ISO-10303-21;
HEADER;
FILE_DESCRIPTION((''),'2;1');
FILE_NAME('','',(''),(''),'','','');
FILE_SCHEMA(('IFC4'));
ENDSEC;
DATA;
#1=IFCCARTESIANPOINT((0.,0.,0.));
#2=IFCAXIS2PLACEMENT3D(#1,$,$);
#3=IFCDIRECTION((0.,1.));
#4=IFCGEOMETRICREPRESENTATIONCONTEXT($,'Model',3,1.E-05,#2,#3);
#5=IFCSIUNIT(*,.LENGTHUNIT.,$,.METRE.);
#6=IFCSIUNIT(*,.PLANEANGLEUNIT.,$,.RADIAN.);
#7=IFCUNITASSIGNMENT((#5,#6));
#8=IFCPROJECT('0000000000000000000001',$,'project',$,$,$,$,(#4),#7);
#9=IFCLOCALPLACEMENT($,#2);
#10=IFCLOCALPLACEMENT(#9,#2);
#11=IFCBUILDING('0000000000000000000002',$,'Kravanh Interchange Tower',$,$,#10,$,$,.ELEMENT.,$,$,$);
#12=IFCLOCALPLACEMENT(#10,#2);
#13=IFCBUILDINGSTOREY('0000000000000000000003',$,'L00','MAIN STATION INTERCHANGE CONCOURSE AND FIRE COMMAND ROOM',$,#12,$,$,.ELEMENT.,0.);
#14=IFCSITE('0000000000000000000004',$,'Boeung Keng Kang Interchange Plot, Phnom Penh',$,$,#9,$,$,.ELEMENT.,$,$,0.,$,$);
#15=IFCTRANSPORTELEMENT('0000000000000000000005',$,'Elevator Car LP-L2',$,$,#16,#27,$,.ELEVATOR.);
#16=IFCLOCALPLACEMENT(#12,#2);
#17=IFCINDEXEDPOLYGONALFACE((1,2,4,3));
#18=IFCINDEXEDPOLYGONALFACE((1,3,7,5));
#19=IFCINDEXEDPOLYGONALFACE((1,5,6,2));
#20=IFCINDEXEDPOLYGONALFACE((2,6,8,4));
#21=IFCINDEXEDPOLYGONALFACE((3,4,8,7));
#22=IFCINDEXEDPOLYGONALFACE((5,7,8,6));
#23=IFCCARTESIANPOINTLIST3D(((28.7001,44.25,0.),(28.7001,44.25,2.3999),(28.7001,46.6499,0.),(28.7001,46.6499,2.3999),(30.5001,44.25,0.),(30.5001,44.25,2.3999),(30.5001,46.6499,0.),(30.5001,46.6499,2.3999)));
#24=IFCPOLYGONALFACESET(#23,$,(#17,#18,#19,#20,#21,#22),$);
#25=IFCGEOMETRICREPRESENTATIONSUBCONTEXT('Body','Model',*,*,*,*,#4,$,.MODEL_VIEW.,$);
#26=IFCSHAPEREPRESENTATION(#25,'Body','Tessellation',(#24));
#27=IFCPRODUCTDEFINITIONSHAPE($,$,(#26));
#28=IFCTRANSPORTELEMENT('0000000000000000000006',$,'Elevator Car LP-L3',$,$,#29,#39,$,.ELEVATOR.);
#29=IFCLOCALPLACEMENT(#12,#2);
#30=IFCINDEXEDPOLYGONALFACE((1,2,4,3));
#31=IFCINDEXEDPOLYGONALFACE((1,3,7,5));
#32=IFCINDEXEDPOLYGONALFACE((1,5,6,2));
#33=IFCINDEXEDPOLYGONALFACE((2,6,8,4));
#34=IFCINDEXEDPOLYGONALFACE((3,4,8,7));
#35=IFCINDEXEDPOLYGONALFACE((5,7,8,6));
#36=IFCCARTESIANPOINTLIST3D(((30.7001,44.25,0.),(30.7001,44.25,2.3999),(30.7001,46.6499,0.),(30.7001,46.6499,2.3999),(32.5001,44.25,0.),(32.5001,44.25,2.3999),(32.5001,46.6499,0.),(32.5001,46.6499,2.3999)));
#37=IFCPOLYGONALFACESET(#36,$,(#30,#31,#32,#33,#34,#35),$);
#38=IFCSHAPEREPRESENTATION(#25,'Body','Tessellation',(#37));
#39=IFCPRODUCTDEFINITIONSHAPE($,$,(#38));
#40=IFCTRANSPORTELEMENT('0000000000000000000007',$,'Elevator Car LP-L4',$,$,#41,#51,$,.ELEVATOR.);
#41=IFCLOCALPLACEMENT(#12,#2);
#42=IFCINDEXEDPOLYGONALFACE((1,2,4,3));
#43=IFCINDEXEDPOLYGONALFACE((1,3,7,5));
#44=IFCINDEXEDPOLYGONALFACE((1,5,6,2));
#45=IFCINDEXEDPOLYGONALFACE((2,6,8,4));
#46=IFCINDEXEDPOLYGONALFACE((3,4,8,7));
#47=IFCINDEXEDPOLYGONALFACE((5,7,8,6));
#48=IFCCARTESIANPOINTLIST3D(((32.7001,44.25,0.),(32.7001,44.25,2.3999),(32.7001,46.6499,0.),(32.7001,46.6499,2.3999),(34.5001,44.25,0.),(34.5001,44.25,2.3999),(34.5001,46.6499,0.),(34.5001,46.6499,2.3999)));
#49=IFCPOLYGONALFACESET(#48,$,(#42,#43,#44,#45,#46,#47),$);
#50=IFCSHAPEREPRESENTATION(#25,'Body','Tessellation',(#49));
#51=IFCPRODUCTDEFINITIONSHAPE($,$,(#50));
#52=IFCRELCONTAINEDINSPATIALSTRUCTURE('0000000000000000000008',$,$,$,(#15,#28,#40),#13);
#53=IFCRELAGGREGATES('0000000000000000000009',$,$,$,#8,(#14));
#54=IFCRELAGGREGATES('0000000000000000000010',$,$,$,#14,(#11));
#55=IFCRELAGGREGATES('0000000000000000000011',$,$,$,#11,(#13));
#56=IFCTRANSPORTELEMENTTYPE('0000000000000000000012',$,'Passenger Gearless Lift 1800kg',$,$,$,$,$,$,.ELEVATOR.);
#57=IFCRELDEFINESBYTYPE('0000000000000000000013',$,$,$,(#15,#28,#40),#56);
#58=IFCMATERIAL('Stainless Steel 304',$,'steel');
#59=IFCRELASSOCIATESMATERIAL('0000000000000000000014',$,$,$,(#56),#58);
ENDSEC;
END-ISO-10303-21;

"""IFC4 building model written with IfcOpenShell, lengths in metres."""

from ifc_helpers import new_model, si_unit, direction, frame, origin, origin_2d, place, context, subcontext, project, spatial, rectangle, extrude, material, type_object, element, save


model = new_model("IFC4")

# Units and contexts
model_context = context("Model", 3, precision=1e-05, world=origin(), true_north=direction((0.0, 1.0)))
body_context = subcontext(model_context, "Body", "Model", "MODEL_VIEW")
ifc_project = project(units=[si_unit("LENGTHUNIT", "METRE"), si_unit("PLANEANGLEUNIT", "RADIAN")], contexts=[model_context])

# Site, building, storey
site_placement = place(None, origin())
site = spatial("IfcSite", under=ifc_project, at=site_placement, Name="Boeung Keng Kang Interchange Plot, Phnom Penh", CompositionType="ELEMENT", RefElevation=0.0)
building_placement = place(site_placement, origin())
building = spatial("IfcBuilding", under=site, at=building_placement, Name="Kravanh Interchange Tower", CompositionType="ELEMENT")
storey_placement = place(building_placement, origin())
storey = spatial("IfcBuildingStorey", under=building, at=storey_placement, Name="L00", Description="MAIN STATION INTERCHANGE CONCOURSE AND FIRE COMMAND ROOM", CompositionType="ELEMENT", Elevation=0.0)

# Transport elements
ifc_material_1 = material(Name="Stainless Steel 304", Category="steel")
transport_element_type = type_object("IfcTransportElementType", Name="Passenger Gearless Lift 1800kg", PredefinedType="ELEVATOR", material=ifc_material_1)
for number, where, z_axis, x_axis, name in (
    (1, (29.6001, 45.45, 0.0), (0.0, 0.0, 1.0), (1.0, 0.0, 0.0), "Elevator Car LP-L2"),
    (2, (31.6001, 45.45, 0.0), (0.0, 0.0, 1.0), (1.0, 0.0, 0.0), "Elevator Car LP-L3"),
    (3, (33.6001, 45.45, 0.0), (0.0, 0.0, 1.0), (1.0, 0.0, 0.0), "Elevator Car LP-L4"),
):
    element("IfcTransportElement", number, at=place(storey_placement, frame(where, z_axis=z_axis, x_axis=x_axis)), inside=storey, type_object=transport_element_type, Name=name, PredefinedType="ELEVATOR", context=body_context, shape_type="SweptSolid", body=[
        extrude(rectangle(XDim=1.8, YDim=2.3999, at=origin_2d()), origin(), (0.0, 0.0, 1.0), 2.3999),
    ])

save(model, "model.ifc")
